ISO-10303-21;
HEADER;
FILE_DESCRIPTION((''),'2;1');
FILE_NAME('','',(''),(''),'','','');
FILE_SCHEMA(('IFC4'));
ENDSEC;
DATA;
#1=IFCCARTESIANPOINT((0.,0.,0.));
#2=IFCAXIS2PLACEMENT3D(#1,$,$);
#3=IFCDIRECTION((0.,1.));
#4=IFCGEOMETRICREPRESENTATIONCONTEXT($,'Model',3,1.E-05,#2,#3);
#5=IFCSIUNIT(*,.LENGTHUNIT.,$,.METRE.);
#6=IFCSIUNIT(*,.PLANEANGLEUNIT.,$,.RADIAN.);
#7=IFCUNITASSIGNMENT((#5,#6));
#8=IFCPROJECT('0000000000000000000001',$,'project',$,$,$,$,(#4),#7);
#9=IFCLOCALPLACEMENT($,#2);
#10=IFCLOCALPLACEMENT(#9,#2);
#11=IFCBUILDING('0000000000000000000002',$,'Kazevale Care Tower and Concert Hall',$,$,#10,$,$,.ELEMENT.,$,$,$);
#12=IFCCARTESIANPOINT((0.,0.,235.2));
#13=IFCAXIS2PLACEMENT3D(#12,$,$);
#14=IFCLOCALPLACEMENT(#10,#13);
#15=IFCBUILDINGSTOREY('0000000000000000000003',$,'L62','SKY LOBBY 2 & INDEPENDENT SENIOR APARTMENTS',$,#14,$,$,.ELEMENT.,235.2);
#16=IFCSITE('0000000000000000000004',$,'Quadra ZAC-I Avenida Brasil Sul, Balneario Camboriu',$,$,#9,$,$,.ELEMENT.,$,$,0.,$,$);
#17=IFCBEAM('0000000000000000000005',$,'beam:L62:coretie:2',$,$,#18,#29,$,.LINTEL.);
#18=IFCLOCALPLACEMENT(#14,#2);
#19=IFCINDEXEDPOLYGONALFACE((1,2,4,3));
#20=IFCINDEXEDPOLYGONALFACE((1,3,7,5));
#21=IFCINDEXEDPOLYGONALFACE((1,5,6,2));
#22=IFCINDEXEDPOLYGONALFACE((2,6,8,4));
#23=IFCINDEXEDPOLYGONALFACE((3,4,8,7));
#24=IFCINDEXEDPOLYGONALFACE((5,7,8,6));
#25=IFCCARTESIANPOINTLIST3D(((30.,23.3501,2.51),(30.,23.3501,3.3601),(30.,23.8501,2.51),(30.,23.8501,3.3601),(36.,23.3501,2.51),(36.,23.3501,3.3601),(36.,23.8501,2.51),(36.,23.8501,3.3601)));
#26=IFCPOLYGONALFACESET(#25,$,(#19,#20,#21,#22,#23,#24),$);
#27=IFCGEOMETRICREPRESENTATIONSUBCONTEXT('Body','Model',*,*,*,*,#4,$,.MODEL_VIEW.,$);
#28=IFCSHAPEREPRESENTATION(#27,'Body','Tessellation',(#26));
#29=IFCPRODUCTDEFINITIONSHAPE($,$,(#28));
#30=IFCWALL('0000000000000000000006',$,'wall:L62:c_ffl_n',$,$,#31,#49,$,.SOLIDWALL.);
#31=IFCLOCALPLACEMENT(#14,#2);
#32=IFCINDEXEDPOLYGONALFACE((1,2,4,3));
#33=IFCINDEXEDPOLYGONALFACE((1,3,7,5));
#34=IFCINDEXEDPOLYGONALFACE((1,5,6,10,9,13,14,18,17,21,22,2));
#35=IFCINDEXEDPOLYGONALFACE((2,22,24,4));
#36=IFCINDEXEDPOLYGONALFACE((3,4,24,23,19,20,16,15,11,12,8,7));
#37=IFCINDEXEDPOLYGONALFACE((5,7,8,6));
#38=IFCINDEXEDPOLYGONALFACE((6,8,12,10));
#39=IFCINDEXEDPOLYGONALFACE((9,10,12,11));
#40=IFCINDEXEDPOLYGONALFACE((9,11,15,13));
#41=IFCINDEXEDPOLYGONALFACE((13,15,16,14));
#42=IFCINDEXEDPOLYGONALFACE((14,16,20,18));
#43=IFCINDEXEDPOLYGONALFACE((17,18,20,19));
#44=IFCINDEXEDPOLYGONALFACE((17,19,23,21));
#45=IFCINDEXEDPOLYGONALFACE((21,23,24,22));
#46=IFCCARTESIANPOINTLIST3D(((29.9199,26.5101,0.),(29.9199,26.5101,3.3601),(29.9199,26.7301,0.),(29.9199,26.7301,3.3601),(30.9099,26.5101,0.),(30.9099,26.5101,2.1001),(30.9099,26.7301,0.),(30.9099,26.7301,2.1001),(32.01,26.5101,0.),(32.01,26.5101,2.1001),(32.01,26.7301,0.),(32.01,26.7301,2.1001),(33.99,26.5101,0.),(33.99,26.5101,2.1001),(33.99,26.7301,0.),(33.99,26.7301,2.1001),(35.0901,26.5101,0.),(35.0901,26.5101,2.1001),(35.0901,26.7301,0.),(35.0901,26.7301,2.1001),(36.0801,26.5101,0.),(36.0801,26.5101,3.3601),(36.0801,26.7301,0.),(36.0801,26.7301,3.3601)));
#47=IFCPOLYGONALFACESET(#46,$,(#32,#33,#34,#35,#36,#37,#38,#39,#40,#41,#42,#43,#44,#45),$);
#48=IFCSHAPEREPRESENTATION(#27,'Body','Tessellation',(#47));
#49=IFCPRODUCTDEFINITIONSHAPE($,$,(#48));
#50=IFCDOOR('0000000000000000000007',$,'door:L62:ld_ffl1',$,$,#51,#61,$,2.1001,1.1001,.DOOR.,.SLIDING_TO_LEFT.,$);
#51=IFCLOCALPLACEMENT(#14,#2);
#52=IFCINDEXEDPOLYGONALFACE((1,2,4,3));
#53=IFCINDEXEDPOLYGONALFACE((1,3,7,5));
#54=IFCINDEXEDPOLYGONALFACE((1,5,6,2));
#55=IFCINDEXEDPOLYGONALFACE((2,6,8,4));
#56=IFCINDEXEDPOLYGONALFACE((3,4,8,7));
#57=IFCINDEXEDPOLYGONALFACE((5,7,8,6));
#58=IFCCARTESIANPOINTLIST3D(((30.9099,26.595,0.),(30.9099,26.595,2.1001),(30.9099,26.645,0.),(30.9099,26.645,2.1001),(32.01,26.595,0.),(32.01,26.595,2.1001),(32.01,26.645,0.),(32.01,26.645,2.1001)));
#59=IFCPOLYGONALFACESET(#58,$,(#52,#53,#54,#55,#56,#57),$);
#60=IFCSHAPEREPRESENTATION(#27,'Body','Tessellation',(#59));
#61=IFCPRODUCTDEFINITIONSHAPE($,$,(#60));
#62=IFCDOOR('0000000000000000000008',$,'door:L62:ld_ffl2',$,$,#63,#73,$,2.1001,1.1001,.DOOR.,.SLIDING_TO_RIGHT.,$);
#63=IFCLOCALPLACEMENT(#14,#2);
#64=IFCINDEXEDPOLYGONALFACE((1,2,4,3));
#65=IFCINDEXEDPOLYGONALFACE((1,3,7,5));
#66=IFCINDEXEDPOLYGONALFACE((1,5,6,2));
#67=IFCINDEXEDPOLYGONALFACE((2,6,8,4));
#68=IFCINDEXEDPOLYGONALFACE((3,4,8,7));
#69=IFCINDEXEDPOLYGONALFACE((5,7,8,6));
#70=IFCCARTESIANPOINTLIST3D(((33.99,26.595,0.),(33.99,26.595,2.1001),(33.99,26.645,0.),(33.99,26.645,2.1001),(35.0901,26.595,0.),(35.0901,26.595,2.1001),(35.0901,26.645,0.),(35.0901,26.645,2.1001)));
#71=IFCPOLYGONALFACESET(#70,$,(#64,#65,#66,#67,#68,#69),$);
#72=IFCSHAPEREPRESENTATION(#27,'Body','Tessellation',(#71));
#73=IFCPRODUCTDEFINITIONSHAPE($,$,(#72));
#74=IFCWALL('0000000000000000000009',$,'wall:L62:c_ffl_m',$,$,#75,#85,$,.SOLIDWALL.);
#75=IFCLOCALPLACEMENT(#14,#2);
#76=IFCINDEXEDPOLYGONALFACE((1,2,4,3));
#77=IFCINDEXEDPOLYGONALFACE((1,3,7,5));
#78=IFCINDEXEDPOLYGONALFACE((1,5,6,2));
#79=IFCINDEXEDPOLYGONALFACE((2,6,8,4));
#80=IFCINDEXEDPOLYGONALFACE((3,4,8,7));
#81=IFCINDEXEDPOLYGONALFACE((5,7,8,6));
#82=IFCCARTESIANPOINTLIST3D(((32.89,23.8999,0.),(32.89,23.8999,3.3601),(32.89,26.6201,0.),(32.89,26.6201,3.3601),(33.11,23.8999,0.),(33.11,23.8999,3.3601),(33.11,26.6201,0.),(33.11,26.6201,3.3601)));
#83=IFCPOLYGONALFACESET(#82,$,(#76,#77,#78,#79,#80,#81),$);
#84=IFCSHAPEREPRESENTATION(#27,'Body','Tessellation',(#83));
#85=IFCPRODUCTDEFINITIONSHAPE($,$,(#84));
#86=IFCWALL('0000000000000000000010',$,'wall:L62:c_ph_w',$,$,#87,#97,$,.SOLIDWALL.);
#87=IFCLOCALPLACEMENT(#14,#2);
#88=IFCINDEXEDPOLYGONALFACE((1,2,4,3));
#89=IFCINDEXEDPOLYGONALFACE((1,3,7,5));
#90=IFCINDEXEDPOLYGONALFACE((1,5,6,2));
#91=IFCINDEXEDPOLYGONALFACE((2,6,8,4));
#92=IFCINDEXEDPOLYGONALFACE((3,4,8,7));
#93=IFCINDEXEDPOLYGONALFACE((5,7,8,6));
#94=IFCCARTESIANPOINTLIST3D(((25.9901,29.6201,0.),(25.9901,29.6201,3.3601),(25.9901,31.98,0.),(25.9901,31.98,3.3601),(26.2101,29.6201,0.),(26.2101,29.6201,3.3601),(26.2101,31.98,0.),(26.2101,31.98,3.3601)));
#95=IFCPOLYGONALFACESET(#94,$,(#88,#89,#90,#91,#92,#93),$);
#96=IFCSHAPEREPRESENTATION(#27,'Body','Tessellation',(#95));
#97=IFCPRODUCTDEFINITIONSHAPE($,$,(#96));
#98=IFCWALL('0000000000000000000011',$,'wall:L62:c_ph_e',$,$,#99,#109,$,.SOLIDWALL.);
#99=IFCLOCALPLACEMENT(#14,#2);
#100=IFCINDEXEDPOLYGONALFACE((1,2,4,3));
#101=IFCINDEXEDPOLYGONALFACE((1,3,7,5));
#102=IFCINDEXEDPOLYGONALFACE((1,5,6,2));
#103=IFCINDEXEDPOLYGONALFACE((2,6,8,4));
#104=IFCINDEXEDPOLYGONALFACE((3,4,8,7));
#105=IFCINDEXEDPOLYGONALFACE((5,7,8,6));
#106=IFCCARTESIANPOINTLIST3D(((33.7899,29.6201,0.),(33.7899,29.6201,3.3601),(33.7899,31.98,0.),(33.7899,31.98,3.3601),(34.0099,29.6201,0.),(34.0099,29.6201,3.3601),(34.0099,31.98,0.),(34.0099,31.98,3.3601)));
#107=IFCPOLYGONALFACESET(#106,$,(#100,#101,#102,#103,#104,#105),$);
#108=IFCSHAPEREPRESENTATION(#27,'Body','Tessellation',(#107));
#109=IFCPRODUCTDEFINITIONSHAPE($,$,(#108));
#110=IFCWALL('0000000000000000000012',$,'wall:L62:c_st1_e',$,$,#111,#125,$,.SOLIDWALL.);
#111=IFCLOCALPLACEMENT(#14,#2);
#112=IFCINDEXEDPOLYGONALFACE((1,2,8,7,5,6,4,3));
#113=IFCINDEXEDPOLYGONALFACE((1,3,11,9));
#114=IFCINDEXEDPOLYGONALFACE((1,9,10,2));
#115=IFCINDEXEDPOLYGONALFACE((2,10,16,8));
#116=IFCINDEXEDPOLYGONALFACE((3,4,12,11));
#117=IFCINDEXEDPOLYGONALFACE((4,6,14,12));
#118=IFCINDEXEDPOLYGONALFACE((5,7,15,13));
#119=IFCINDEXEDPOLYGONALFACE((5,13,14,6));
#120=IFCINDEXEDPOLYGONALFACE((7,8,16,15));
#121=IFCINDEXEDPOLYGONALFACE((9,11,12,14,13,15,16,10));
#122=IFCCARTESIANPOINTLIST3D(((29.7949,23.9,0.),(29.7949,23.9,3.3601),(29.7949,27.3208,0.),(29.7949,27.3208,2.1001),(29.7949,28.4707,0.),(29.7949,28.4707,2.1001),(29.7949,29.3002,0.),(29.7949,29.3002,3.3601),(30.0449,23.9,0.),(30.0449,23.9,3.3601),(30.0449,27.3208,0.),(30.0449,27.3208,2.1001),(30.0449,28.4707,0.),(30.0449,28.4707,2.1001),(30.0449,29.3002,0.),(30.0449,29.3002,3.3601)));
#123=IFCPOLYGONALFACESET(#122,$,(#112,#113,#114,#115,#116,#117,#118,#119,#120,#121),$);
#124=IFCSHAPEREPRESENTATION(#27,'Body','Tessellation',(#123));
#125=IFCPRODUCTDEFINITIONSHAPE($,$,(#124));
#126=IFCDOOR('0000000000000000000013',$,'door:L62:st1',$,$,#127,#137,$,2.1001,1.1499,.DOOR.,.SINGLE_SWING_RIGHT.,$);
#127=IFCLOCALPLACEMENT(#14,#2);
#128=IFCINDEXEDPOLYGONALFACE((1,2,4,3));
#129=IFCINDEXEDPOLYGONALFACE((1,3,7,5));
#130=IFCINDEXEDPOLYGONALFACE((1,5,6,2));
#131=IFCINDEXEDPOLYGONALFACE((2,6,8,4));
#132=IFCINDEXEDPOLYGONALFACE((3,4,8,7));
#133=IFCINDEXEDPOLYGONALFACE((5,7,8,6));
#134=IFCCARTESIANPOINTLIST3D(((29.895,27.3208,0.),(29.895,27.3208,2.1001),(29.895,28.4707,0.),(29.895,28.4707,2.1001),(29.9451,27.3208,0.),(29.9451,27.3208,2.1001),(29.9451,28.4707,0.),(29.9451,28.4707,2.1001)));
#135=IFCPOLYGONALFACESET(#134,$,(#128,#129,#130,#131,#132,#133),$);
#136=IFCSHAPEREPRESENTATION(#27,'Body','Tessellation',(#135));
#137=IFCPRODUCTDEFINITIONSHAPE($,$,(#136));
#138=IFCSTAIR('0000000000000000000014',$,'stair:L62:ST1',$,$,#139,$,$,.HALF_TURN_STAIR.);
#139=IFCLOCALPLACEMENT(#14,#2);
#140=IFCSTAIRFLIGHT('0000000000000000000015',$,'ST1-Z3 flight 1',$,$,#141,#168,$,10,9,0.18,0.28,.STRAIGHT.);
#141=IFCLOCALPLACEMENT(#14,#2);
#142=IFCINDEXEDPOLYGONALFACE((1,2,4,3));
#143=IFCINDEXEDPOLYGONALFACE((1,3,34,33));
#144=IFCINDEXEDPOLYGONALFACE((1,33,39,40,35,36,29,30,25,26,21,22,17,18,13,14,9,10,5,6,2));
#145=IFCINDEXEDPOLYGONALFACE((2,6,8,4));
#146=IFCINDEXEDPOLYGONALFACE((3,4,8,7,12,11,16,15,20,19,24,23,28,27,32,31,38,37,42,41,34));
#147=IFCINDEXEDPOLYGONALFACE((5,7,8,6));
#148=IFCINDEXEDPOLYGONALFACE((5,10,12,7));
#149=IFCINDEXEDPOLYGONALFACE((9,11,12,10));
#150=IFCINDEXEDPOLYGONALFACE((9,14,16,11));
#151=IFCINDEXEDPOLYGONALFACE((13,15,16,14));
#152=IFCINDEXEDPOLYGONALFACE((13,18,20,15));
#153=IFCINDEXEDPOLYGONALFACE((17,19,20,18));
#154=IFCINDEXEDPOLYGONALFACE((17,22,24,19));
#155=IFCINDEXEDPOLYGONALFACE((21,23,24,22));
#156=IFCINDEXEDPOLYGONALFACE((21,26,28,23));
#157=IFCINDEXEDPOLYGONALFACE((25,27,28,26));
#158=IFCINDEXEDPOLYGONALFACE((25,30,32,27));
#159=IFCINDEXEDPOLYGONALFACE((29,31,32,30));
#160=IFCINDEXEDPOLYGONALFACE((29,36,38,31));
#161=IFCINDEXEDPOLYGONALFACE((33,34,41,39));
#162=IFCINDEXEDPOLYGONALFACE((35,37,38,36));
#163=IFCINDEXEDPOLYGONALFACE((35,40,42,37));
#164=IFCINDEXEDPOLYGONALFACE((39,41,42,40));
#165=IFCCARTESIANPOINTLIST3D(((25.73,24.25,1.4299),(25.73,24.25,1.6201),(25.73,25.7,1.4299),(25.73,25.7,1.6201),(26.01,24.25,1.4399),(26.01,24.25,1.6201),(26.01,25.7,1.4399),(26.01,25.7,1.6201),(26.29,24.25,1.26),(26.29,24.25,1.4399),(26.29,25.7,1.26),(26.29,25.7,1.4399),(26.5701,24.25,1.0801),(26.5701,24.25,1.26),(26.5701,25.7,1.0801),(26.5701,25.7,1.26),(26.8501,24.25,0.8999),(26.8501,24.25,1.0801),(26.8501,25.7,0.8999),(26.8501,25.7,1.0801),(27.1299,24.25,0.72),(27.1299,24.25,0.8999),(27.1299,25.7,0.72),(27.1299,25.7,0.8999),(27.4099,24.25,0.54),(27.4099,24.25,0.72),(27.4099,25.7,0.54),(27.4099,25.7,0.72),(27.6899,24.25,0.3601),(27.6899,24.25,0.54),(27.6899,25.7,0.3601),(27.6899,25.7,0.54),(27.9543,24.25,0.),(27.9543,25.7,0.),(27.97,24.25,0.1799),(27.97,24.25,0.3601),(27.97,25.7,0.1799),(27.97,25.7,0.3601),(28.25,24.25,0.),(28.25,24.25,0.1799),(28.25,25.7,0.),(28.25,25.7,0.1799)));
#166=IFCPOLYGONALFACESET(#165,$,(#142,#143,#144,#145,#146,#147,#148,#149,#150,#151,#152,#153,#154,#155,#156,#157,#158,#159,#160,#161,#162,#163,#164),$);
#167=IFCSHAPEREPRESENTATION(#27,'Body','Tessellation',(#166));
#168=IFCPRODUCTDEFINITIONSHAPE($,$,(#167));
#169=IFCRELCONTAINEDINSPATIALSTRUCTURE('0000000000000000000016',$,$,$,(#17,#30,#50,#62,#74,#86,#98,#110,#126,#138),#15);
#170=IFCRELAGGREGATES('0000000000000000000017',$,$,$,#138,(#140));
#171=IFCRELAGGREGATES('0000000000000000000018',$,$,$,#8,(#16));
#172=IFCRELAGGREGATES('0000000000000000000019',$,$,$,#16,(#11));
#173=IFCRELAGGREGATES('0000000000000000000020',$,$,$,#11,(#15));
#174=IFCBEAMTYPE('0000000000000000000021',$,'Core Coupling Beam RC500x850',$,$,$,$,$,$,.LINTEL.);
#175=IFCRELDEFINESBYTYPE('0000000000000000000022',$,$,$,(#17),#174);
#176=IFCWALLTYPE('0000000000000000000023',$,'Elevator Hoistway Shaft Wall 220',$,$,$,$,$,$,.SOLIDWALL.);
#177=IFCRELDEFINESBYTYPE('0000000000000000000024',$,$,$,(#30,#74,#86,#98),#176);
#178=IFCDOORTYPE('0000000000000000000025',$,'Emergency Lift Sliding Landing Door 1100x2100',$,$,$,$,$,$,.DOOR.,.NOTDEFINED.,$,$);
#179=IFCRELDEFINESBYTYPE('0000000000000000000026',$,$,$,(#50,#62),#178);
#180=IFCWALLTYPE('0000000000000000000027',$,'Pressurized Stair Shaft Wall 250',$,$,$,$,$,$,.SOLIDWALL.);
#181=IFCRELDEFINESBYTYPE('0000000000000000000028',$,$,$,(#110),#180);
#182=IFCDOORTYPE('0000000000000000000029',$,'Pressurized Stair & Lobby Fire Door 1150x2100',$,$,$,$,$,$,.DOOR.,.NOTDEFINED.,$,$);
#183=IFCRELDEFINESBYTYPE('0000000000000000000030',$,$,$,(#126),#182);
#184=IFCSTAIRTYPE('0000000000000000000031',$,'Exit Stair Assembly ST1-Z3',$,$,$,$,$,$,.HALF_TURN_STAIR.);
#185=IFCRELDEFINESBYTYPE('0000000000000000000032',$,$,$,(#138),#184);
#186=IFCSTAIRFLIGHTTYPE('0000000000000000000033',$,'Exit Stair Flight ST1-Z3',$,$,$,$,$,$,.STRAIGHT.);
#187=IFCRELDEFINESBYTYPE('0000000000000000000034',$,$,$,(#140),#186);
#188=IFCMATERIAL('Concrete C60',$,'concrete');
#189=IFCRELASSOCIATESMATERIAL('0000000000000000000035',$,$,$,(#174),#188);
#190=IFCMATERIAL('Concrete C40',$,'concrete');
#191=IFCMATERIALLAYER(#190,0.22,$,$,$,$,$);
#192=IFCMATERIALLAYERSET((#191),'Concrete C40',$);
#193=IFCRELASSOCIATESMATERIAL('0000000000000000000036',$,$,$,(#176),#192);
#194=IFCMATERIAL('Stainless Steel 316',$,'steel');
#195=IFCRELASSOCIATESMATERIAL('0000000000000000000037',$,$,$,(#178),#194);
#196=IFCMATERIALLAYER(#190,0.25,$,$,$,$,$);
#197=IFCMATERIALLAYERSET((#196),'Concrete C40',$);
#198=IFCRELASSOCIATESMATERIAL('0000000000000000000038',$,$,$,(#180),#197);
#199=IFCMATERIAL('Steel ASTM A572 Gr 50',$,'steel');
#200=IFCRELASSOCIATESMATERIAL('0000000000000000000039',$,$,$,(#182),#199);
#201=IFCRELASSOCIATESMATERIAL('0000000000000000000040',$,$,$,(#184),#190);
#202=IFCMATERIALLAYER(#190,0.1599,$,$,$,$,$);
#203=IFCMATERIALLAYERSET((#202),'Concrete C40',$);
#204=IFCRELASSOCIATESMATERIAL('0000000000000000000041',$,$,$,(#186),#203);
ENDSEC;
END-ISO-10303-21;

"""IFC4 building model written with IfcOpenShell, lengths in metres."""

from ifc_helpers import new_model, si_unit, direction, frame, frame_2d, origin, origin_2d, place, context, subcontext, project, spatial, polyline, rectangle, outline, extrude, material, layer, layer_set, material_profile, profile_set, type_object, element, fill, aggregate, save


model = new_model("IFC4")

# Units and contexts
model_context = context("Model", 3, precision=1e-05, world=origin(), true_north=direction((0.0, 1.0)))
body_context = subcontext(model_context, "Body", "Model", "MODEL_VIEW")
ifc_project = project(units=[si_unit("LENGTHUNIT", "METRE"), si_unit("PLANEANGLEUNIT", "RADIAN")], contexts=[model_context])

# Site, building, storey
site_placement = place(None, origin())
site = spatial("IfcSite", under=ifc_project, at=site_placement, Name="Quadra ZAC-I Avenida Brasil Sul, Balneario Camboriu", CompositionType="ELEMENT", RefElevation=0.0)
building_placement = place(site_placement, origin())
building = spatial("IfcBuilding", under=site, at=building_placement, Name="Kazevale Care Tower and Concert Hall", CompositionType="ELEMENT")
storey_placement = place(building_placement, frame((0.0, 0.0, 235.2)))
storey = spatial("IfcBuildingStorey", under=building, at=storey_placement, Name="L62", Description="SKY LOBBY 2 & INDEPENDENT SENIOR APARTMENTS", CompositionType="ELEMENT", Elevation=235.2)

# Beam
ifc_material_1 = material(Name="Concrete C60", Category="concrete")
ifc_material_profile = material_profile(ifc_material_1, rectangle(XDim=0.5, YDim=0.8501, at=origin_2d()), Name="RC-B500x850")
ifc_profile_set = profile_set([ifc_material_profile], Name="Concrete C60")
beam_type = type_object("IfcBeamType", Name="Core Coupling Beam RC500x850", PredefinedType="LINTEL", material=ifc_profile_set)
beam_placement = place(storey_placement, frame((30.0, 23.6001, 2.9351), z_axis=(1.0, 0.0, 0.0), x_axis=(0.0, 1.0, 0.0)))
element("IfcBeam", 1, at=beam_placement, inside=storey, type_object=beam_type, Name="beam:L62:coretie:2", PredefinedType="LINTEL", context=body_context, shape_type="SweptSolid", body=[
    extrude(rectangle(XDim=0.5, YDim=0.8501, at=origin_2d()), origin(), (0.0, 0.0, 1.0), 6.0),
])

# Wall, openings, doors
ifc_material_2 = material(Name="Concrete C40", Category="concrete")
ifc_layer_1 = layer(ifc_material_2, 0.22)
ifc_layer_set_1 = layer_set([ifc_layer_1], Name="Concrete C40")
wall_type_1 = type_object("IfcWallType", Name="Elevator Hoistway Shaft Wall 220", PredefinedType="SOLIDWALL", material=ifc_layer_set_1)
wall_1_placement = place(storey_placement, frame((29.9199, 26.6201, 0.0), z_axis=(0.0, 0.0, 1.0), x_axis=(1.0, 0.0, 0.0)))
wall_1 = element("IfcWall", 2, at=wall_1_placement, inside=storey, type_object=wall_type_1, Name="wall:L62:c_ffl_n", PredefinedType="SOLIDWALL", context=body_context, shape_type="SweptSolid", body=[
    extrude(rectangle(XDim=6.1602, YDim=0.22, at=frame_2d((3.0801, 0.0))), origin(), (0.0, 0.0, 1.0), 3.3601),
])
opening_1_placement = place(wall_1_placement, frame((0.99, 0.0, 0.0)))
opening_1 = element("IfcOpeningElement", 3, at=opening_1_placement, cuts=wall_1, PredefinedType="OPENING", context=body_context, shape_type="SweptSolid", body=[
    extrude(rectangle(XDim=1.1001, YDim=2.1001, at=frame_2d((0.55, 1.05))), frame((0.0, 0.1199, 0.0), z_axis=(0.0, -1.0, 0.0), x_axis=(1.0, 0.0, 0.0)), (0.0, 0.0, 1.0), 0.24),
])
opening_2_placement = place(wall_1_placement, frame((4.0701, 0.0, 0.0)))
opening_2 = element("IfcOpeningElement", 4, at=opening_2_placement, cuts=wall_1, PredefinedType="OPENING", context=body_context, shape_type="SweptSolid", body=[
    extrude(rectangle(XDim=1.1001, YDim=2.1001, at=frame_2d((0.55, 1.05))), frame((0.0, 0.1199, 0.0), z_axis=(0.0, -1.0, 0.0), x_axis=(1.0, 0.0, 0.0)), (0.0, 0.0, 1.0), 0.24),
])
ifc_material_3 = material(Name="Stainless Steel 316", Category="steel")
door_type_1 = type_object("IfcDoorType", Name="Emergency Lift Sliding Landing Door 1100x2100", OperationType="NOTDEFINED", PredefinedType="DOOR", material=ifc_material_3)
door_1_placement = place(opening_1_placement, origin())
door_1 = element("IfcDoor", 5, at=door_1_placement, inside=storey, type_object=door_type_1, Name="door:L62:ld_ffl1", OperationType="SLIDING_TO_LEFT", OverallHeight=2.1001, OverallWidth=1.1001, PredefinedType="DOOR", context=body_context, shape_type="SweptSolid", body=[
    extrude(rectangle(XDim=1.1001, YDim=2.1001, at=frame_2d((0.55, 1.05))), frame((0.0, 0.0249, 0.0), z_axis=(0.0, -1.0, 0.0), x_axis=(1.0, 0.0, 0.0)), (0.0, 0.0, 1.0), 0.05),
])
fill(opening_1, door_1)
door_2_placement = place(opening_2_placement, origin())
door_2 = element("IfcDoor", 6, at=door_2_placement, inside=storey, type_object=door_type_1, Name="door:L62:ld_ffl2", OperationType="SLIDING_TO_RIGHT", OverallHeight=2.1001, OverallWidth=1.1001, PredefinedType="DOOR", context=body_context, shape_type="SweptSolid", body=[
    extrude(rectangle(XDim=1.1001, YDim=2.1001, at=frame_2d((0.55, 1.05))), frame((0.0, 0.0249, 0.0), z_axis=(0.0, -1.0, 0.0), x_axis=(1.0, 0.0, 0.0)), (0.0, 0.0, 1.0), 0.05),
])
fill(opening_2, door_2)

# Walls
wall_2_placement = place(storey_placement, frame((33.0, 23.8999, 0.0), z_axis=(0.0, 0.0, 1.0), x_axis=(0.0, 1.0, 0.0)))
element("IfcWall", 7, at=wall_2_placement, inside=storey, type_object=wall_type_1, Name="wall:L62:c_ffl_m", PredefinedType="SOLIDWALL", context=body_context, shape_type="SweptSolid", body=[
    extrude(rectangle(XDim=2.7202, YDim=0.22, at=frame_2d((1.3601, 0.0))), origin(), (0.0, 0.0, 1.0), 3.3601),
])
for number, where, z_axis, x_axis, name in (
    (8, (26.1001, 29.6201, 0.0), (0.0, 0.0, 1.0), (0.0, 1.0, 0.0), "wall:L62:c_ph_w"),
    (9, (33.8999, 29.6201, 0.0), (0.0, 0.0, 1.0), (0.0, 1.0, 0.0), "wall:L62:c_ph_e"),
):
    element("IfcWall", number, at=place(storey_placement, frame(where, z_axis=z_axis, x_axis=x_axis)), inside=storey, type_object=wall_type_1, Name=name, PredefinedType="SOLIDWALL", context=body_context, shape_type="SweptSolid", body=[
        extrude(rectangle(XDim=2.3599, YDim=0.22, at=frame_2d((1.1799, 0.0))), origin(), (0.0, 0.0, 1.0), 3.3601),
    ])

# Wall, opening, door
ifc_layer_2 = layer(ifc_material_2, 0.25)
ifc_layer_set_2 = layer_set([ifc_layer_2], Name="Concrete C40")
wall_type_2 = type_object("IfcWallType", Name="Pressurized Stair Shaft Wall 250", PredefinedType="SOLIDWALL", material=ifc_layer_set_2)
wall_3_placement = place(storey_placement, frame((29.9199, 23.8999, 0.0), z_axis=(0.0, 0.0, 1.0), x_axis=(0.0, 1.0, 0.0)))
wall_3 = element("IfcWall", 10, at=wall_3_placement, inside=storey, type_object=wall_type_2, Name="wall:L62:c_st1_e", PredefinedType="SOLIDWALL", context=body_context, shape_type="SweptSolid", body=[
    extrude(rectangle(XDim=5.4001, YDim=0.25, at=frame_2d((2.7002, 0.0))), origin(), (0.0, 0.0, 1.0), 3.3601),
])
opening_3_placement = place(wall_3_placement, frame((3.4209, 0.0, 0.0)))
opening_3 = element("IfcOpeningElement", 11, at=opening_3_placement, cuts=wall_3, PredefinedType="OPENING", context=body_context, shape_type="SweptSolid", body=[
    extrude(rectangle(XDim=1.1499, YDim=2.1001, at=frame_2d((0.575, 1.05))), frame((0.0, 0.135, 0.0), z_axis=(0.0, -1.0, 0.0), x_axis=(1.0, 0.0, 0.0)), (0.0, 0.0, 1.0), 0.27),
])
ifc_material_4 = material(Name="Steel ASTM A572 Gr 50", Category="steel")
door_type_2 = type_object("IfcDoorType", Name="Pressurized Stair & Lobby Fire Door 1150x2100", OperationType="NOTDEFINED", PredefinedType="DOOR", material=ifc_material_4)
door_3_placement = place(opening_3_placement, origin())
door_3 = element("IfcDoor", 12, at=door_3_placement, inside=storey, type_object=door_type_2, Name="door:L62:st1", OperationType="SINGLE_SWING_RIGHT", OverallHeight=2.1001, OverallWidth=1.1499, PredefinedType="DOOR", context=body_context, shape_type="SweptSolid", body=[
    extrude(rectangle(XDim=1.1499, YDim=2.1001, at=frame_2d((0.575, 1.05))), frame((0.0, 0.0249, 0.0), z_axis=(0.0, -1.0, 0.0), x_axis=(1.0, 0.0, 0.0)), (0.0, 0.0, 1.0), 0.05),
])
fill(opening_3, door_3)

# Stair, stair flight
stair_type = type_object("IfcStairType", Name="Exit Stair Assembly ST1-Z3", PredefinedType="HALF_TURN_STAIR", material=ifc_material_2)
stair_placement = place(storey_placement, origin())
stair = element("IfcStair", 13, at=stair_placement, inside=storey, type_object=stair_type, Name="stair:L62:ST1", PredefinedType="HALF_TURN_STAIR")
ifc_layer_3 = layer(ifc_material_2, 0.1599)
ifc_layer_set_3 = layer_set([ifc_layer_3], Name="Concrete C40")
stair_flight_type = type_object("IfcStairFlightType", Name="Exit Stair Flight ST1-Z3", PredefinedType="STRAIGHT", material=ifc_layer_set_3)
stair_flight_1_placement = place(storey_placement, frame((28.25, 24.9751, 0.0), z_axis=(0.0, 0.0, 1.0), x_axis=(-1.0, 0.0, 0.0)))
stair_flight_1 = element("IfcStairFlight", 14, at=stair_flight_1_placement, type_object=stair_flight_type, Name="ST1-Z3 flight 1", NumberOfRisers=10, NumberOfTreads=9, PredefinedType="STRAIGHT", RiserHeight=0.18, TreadLength=0.28, context=body_context, shape_type="SweptSolid", body=[
    extrude(outline(polyline([(0.0, 0.0), (0.0, 0.1799), (0.28, 0.1799), (0.28, 0.3601), (0.5601, 0.3601), (0.5601, 0.54), (0.8401, 0.54), (0.8401, 0.72), (1.1201, 0.72), (1.1201, 0.8999), (1.3999, 0.8999), (1.3999, 1.0801), (1.6799, 1.0801), (1.6799, 1.26), (1.96, 1.26), (1.96, 1.4399), (2.24, 1.4399), (2.24, 1.6201), (2.52, 1.6201), (2.52, 1.8), (2.52, 1.4299), (0.2957, 0.0), (0.0, 0.0)])), frame((0.0, 0.7251, 0.0), z_axis=(0.0, -1.0, 0.0), x_axis=(1.0, 0.0, 0.0)), (0.0, 0.0, 1.0), 1.45),
])
aggregate(stair, [stair_flight_1])

save(model, "model.ifc")
